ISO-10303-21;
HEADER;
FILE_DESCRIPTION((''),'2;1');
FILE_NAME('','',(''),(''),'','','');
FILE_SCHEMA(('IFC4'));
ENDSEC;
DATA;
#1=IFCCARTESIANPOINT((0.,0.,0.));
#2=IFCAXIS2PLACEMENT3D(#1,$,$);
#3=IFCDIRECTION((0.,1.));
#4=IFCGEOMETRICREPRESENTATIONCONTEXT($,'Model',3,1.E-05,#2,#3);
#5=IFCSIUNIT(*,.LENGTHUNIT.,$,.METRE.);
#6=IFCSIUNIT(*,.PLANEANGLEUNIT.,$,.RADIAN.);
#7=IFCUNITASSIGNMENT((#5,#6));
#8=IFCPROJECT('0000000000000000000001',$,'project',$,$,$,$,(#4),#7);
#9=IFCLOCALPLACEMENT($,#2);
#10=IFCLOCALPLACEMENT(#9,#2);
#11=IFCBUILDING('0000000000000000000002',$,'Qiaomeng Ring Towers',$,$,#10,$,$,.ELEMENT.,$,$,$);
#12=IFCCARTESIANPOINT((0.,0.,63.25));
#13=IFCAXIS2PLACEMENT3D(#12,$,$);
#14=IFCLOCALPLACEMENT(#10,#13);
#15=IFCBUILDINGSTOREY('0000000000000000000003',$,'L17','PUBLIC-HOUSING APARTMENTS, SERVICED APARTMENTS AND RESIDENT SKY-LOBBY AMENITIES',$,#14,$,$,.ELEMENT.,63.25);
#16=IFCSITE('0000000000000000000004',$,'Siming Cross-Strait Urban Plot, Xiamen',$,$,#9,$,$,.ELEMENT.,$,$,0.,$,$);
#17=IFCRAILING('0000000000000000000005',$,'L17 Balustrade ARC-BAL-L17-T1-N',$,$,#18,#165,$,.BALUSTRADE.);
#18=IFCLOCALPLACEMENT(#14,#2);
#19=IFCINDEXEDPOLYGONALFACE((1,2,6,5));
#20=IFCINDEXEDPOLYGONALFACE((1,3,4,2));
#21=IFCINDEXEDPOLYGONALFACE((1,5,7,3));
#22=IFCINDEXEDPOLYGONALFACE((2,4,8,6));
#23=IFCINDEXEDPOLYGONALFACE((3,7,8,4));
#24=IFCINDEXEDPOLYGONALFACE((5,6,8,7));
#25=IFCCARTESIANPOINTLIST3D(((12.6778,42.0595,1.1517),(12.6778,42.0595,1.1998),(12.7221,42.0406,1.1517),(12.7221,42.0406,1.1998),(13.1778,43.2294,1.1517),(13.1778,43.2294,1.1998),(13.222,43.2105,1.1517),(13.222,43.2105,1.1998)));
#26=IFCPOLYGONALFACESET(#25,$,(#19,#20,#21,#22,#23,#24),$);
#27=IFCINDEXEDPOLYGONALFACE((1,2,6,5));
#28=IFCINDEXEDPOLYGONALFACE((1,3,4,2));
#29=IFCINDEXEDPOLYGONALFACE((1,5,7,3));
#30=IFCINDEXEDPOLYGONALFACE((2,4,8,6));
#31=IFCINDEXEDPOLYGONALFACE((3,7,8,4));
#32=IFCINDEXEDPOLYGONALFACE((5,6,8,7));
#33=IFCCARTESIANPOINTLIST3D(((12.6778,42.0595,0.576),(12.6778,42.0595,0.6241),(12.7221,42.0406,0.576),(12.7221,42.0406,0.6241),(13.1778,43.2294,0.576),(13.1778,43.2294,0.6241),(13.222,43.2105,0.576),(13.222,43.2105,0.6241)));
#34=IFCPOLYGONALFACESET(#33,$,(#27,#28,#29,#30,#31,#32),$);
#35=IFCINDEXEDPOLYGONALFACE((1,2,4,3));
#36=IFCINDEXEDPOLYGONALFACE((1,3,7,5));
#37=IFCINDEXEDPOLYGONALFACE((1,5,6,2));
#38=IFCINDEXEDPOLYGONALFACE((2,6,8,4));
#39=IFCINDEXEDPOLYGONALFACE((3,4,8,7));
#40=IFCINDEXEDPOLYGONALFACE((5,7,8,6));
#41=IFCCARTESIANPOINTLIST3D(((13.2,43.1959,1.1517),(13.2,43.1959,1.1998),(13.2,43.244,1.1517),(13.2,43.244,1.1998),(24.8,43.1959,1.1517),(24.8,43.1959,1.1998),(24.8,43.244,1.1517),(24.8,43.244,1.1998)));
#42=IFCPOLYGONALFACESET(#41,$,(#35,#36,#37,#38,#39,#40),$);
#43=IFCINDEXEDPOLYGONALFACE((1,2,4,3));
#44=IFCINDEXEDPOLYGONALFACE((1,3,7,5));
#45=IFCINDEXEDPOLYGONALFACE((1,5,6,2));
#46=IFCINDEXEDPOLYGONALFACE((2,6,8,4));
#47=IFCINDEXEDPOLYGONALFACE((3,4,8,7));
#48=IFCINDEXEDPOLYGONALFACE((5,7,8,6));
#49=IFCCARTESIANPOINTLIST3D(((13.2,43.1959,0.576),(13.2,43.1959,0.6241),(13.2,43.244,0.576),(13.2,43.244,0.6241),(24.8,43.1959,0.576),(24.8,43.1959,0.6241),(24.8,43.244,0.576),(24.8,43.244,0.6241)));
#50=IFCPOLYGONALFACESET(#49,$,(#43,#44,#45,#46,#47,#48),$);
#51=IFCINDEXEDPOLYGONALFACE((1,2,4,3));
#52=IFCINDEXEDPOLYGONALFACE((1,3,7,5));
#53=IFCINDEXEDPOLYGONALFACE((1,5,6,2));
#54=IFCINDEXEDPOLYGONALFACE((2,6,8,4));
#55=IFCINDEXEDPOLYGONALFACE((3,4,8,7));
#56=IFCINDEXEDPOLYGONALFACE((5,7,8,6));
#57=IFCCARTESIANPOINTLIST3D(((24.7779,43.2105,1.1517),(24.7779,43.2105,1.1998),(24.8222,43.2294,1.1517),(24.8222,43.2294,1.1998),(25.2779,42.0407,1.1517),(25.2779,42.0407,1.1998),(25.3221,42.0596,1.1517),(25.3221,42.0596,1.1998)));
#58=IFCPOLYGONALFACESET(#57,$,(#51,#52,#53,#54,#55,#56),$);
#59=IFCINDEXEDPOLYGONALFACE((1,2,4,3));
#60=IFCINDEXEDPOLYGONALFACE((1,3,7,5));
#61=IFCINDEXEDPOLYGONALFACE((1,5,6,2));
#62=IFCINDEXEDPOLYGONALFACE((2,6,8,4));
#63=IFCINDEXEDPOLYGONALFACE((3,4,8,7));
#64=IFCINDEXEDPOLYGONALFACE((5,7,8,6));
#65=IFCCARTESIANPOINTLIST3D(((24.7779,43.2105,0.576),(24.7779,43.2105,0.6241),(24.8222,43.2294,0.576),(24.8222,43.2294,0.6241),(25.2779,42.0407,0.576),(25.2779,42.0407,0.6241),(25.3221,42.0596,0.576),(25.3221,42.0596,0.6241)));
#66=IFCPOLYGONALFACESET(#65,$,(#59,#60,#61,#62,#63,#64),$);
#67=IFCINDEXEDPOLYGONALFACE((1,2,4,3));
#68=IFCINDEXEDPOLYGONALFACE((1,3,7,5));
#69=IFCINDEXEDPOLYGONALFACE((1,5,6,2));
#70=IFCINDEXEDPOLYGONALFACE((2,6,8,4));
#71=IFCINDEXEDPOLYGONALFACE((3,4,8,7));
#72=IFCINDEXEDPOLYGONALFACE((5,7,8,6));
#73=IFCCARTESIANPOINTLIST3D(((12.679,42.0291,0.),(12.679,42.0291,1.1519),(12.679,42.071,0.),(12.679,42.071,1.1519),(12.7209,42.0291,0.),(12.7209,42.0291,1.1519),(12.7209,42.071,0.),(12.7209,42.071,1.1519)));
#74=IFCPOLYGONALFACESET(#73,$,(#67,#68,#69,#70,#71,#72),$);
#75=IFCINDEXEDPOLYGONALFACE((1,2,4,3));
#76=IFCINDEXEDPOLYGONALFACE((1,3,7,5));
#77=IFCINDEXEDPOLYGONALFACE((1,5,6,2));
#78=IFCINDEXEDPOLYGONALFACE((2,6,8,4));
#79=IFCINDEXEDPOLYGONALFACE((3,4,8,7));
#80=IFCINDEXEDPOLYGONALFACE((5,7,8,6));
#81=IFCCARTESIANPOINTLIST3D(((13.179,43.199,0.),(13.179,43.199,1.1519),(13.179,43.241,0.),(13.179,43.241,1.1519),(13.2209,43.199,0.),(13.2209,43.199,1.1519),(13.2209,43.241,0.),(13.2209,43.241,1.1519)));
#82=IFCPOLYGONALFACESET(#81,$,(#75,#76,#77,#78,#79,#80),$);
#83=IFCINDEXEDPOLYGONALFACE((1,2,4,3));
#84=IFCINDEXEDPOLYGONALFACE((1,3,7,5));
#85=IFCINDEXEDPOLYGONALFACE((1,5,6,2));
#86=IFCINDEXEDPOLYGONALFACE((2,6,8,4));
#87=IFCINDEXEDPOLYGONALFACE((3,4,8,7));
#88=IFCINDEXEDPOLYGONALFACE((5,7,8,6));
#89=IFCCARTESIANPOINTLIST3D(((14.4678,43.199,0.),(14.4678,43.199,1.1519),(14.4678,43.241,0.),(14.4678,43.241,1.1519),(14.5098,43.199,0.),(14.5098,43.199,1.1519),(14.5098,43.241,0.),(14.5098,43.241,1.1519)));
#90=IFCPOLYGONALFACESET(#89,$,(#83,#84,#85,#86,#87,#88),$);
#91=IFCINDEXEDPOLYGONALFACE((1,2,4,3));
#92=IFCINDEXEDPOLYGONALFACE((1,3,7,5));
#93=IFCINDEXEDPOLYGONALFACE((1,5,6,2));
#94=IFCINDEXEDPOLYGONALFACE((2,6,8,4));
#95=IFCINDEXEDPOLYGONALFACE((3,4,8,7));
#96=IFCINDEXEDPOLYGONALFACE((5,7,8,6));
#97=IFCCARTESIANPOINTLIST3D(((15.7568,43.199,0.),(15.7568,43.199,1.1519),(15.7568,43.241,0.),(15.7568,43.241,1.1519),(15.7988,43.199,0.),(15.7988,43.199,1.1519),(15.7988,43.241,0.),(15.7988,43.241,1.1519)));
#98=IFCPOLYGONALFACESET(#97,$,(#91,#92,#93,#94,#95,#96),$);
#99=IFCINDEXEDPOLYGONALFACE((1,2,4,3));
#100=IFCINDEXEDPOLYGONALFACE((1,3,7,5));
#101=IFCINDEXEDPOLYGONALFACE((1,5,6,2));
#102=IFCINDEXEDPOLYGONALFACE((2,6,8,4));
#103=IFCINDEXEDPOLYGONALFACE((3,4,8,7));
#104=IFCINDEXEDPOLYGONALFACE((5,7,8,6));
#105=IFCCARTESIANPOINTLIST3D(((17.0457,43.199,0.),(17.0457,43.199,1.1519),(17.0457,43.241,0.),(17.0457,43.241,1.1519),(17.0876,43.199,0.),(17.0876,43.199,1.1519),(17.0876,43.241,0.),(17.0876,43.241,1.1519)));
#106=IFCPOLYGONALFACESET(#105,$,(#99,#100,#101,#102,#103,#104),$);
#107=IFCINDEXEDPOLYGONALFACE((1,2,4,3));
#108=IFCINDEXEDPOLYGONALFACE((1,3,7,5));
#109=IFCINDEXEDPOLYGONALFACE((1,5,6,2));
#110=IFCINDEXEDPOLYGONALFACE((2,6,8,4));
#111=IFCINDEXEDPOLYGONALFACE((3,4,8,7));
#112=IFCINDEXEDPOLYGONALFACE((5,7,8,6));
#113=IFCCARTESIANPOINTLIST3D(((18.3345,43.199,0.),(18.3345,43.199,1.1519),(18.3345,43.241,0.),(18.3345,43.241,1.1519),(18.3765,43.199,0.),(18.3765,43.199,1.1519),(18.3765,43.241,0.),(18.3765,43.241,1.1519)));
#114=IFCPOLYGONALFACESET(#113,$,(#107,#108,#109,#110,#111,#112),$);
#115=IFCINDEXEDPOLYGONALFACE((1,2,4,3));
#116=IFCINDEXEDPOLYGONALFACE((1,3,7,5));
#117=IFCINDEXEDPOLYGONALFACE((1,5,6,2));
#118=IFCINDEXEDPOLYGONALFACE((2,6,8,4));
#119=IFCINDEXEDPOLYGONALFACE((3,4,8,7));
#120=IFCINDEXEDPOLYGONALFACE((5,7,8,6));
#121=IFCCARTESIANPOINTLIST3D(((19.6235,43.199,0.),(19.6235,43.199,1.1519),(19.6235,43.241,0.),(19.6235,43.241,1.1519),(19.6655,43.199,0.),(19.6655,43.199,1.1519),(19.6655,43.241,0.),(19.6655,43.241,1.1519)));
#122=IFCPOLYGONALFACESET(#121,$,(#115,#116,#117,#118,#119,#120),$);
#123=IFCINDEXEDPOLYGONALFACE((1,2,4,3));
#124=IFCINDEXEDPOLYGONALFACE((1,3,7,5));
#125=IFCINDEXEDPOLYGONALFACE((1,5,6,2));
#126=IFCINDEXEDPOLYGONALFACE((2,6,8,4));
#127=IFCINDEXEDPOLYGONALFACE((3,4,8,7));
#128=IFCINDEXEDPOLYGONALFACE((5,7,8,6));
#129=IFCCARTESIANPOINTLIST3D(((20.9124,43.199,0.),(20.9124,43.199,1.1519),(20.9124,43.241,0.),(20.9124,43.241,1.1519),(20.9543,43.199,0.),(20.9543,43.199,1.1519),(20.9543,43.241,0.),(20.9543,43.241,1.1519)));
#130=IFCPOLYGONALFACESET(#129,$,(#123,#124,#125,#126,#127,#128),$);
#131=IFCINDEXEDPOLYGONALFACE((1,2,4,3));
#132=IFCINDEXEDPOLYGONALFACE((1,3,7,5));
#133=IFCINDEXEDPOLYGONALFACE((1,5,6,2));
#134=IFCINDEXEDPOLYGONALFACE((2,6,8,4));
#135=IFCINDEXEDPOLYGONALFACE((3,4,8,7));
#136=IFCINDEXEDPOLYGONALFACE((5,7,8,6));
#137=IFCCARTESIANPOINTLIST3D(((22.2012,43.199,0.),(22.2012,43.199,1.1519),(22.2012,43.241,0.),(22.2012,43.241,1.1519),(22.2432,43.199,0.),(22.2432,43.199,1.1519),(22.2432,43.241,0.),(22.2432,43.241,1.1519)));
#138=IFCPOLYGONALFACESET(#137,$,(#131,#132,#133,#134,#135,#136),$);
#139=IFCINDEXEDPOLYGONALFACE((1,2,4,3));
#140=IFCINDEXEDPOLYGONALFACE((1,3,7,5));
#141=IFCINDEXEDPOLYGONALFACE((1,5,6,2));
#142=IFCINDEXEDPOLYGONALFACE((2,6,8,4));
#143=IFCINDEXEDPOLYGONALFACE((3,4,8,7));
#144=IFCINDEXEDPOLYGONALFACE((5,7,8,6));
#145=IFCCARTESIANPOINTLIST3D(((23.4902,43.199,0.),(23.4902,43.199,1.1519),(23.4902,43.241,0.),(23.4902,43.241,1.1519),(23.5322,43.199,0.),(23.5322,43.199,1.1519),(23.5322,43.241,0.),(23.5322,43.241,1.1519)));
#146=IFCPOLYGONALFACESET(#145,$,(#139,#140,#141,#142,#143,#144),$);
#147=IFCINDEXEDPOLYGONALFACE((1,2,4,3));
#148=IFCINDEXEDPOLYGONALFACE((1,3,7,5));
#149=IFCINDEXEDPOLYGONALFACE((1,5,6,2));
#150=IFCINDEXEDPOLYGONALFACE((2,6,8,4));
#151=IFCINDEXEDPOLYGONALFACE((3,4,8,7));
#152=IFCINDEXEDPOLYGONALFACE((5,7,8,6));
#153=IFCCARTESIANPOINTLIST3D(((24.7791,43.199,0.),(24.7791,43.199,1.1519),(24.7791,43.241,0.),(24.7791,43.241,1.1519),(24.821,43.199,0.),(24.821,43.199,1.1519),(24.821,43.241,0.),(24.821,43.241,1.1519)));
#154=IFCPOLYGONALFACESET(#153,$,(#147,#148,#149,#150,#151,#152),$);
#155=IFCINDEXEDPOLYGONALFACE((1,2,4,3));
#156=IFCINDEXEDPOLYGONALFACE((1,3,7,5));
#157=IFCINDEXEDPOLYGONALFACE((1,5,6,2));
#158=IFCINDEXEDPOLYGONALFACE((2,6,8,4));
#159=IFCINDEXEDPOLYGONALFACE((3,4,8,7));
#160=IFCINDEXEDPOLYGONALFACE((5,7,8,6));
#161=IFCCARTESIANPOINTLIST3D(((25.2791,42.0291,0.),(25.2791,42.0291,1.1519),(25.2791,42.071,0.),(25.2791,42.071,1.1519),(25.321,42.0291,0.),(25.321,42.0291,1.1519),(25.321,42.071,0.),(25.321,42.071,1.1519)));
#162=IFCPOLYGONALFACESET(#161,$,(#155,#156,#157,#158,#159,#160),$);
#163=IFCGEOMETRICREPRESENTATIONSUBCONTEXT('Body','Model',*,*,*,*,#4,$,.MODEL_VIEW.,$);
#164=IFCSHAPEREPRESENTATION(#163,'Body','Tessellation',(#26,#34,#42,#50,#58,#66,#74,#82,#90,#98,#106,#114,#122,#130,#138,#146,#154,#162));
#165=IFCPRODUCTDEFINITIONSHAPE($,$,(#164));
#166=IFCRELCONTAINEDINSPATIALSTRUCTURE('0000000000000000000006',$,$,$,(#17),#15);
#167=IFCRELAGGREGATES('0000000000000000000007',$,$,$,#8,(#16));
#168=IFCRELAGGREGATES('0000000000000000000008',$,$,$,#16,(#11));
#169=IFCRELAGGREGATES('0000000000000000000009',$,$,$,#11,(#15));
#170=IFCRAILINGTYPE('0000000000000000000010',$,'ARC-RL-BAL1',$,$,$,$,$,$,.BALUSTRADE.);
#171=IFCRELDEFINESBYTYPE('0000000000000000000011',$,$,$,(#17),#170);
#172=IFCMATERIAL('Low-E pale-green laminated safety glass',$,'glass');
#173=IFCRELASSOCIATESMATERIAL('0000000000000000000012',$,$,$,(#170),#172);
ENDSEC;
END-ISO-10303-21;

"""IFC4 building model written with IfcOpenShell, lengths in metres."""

from ifc_helpers import new_model, si_unit, direction, frame, origin, origin_2d, place, context, subcontext, project, spatial, rectangle, extrude, material, type_object, element, save


model = new_model("IFC4")

# Units and contexts
model_context = context("Model", 3, precision=1e-05, world=origin(), true_north=direction((0.0, 1.0)))
body_context = subcontext(model_context, "Body", "Model", "MODEL_VIEW")
ifc_project = project(units=[si_unit("LENGTHUNIT", "METRE"), si_unit("PLANEANGLEUNIT", "RADIAN")], contexts=[model_context])

# Site, building, storey
site_placement = place(None, origin())
site = spatial("IfcSite", under=ifc_project, at=site_placement, Name="Siming Cross-Strait Urban Plot, Xiamen", CompositionType="ELEMENT", RefElevation=0.0)
building_placement = place(site_placement, origin())
building = spatial("IfcBuilding", under=site, at=building_placement, Name="Qiaomeng Ring Towers", CompositionType="ELEMENT")
storey_placement = place(building_placement, frame((0.0, 0.0, 63.25)))
storey = spatial("IfcBuildingStorey", under=building, at=storey_placement, Name="L17", Description="PUBLIC-HOUSING APARTMENTS, SERVICED APARTMENTS AND RESIDENT SKY-LOBBY AMENITIES", CompositionType="ELEMENT", Elevation=63.25)

# Railing
ifc_material_1 = material(Name="Low-E pale-green laminated safety glass", Category="glass")
railing_type = type_object("IfcRailingType", Name="ARC-RL-BAL1", PredefinedType="BALUSTRADE", material=ifc_material_1)
railing_placement = place(storey_placement, frame((12.7, 42.05, 0.0)))
element("IfcRailing", 1, at=railing_placement, inside=storey, type_object=railing_type, Name="L17 Balustrade ARC-BAL-L17-T1-N", PredefinedType="BALUSTRADE", context=body_context, shape_type="SweptSolid", body=[
    extrude(rectangle(XDim=0.0481, YDim=0.0481, at=origin_2d()), frame((0.0, 0.0, 1.1758), z_axis=(0.392993, 0.919542, 0.0), x_axis=(-0.919542, 0.392993, 0.0)), (0.0, 0.0, 1.0), 1.2722),
    extrude(rectangle(XDim=0.0481, YDim=0.0481, at=origin_2d()), frame((0.0, 0.0, 0.6001), z_axis=(0.392993, 0.919542, 0.0), x_axis=(-0.919542, 0.392993, 0.0)), (0.0, 0.0, 1.0), 1.2722),
    extrude(rectangle(XDim=0.0481, YDim=0.0481, at=origin_2d()), frame((0.5, 1.1699, 1.1758), z_axis=(1.0, 0.0, 0.0), x_axis=(0.0, 1.0, 0.0)), (0.0, 0.0, 1.0), 11.6001),
    extrude(rectangle(XDim=0.0481, YDim=0.0481, at=origin_2d()), frame((0.5, 1.1699, 0.6001), z_axis=(1.0, 0.0, 0.0), x_axis=(0.0, 1.0, 0.0)), (0.0, 0.0, 1.0), 11.6001),
    extrude(rectangle(XDim=0.0481, YDim=0.0481, at=origin_2d()), frame((12.1001, 1.1699, 1.1758), z_axis=(0.392993, -0.919542, 0.0), x_axis=(0.919542, 0.392993, 0.0)), (0.0, 0.0, 1.0), 1.2722),
    extrude(rectangle(XDim=0.0481, YDim=0.0481, at=origin_2d()), frame((12.1001, 1.1699, 0.6001), z_axis=(0.392993, -0.919542, 0.0), x_axis=(0.919542, 0.392993, 0.0)), (0.0, 0.0, 1.0), 1.2722),
    extrude(rectangle(XDim=0.042, YDim=0.042, at=origin_2d()), origin(), (0.0, 0.0, 1.0), 1.1519),
    extrude(rectangle(XDim=0.042, YDim=0.042, at=origin_2d()), frame((0.5, 1.1699, 0.0)), (0.0, 0.0, 1.0), 1.1519),
    extrude(rectangle(XDim=0.042, YDim=0.042, at=origin_2d()), frame((1.7888, 1.1699, 0.0)), (0.0, 0.0, 1.0), 1.1519),
    extrude(rectangle(XDim=0.042, YDim=0.042, at=origin_2d()), frame((3.0779, 1.1699, 0.0)), (0.0, 0.0, 1.0), 1.1519),
    extrude(rectangle(XDim=0.042, YDim=0.042, at=origin_2d()), frame((4.3667, 1.1699, 0.0)), (0.0, 0.0, 1.0), 1.1519),
    extrude(rectangle(XDim=0.042, YDim=0.042, at=origin_2d()), frame((5.6555, 1.1699, 0.0)), (0.0, 0.0, 1.0), 1.1519),
    extrude(rectangle(XDim=0.042, YDim=0.042, at=origin_2d()), frame((6.9446, 1.1699, 0.0)), (0.0, 0.0, 1.0), 1.1519),
    extrude(rectangle(XDim=0.042, YDim=0.042, at=origin_2d()), frame((8.2334, 1.1699, 0.0)), (0.0, 0.0, 1.0), 1.1519),
    extrude(rectangle(XDim=0.042, YDim=0.042, at=origin_2d()), frame((9.5222, 1.1699, 0.0)), (0.0, 0.0, 1.0), 1.1519),
    extrude(rectangle(XDim=0.042, YDim=0.042, at=origin_2d()), frame((10.8113, 1.1699, 0.0)), (0.0, 0.0, 1.0), 1.1519),
    extrude(rectangle(XDim=0.042, YDim=0.042, at=origin_2d()), frame((12.1001, 1.1699, 0.0)), (0.0, 0.0, 1.0), 1.1519),
    extrude(rectangle(XDim=0.042, YDim=0.042, at=origin_2d()), frame((12.6001, 0.0, 0.0)), (0.0, 0.0, 1.0), 1.1519),
])

save(model, "model.ifc")
